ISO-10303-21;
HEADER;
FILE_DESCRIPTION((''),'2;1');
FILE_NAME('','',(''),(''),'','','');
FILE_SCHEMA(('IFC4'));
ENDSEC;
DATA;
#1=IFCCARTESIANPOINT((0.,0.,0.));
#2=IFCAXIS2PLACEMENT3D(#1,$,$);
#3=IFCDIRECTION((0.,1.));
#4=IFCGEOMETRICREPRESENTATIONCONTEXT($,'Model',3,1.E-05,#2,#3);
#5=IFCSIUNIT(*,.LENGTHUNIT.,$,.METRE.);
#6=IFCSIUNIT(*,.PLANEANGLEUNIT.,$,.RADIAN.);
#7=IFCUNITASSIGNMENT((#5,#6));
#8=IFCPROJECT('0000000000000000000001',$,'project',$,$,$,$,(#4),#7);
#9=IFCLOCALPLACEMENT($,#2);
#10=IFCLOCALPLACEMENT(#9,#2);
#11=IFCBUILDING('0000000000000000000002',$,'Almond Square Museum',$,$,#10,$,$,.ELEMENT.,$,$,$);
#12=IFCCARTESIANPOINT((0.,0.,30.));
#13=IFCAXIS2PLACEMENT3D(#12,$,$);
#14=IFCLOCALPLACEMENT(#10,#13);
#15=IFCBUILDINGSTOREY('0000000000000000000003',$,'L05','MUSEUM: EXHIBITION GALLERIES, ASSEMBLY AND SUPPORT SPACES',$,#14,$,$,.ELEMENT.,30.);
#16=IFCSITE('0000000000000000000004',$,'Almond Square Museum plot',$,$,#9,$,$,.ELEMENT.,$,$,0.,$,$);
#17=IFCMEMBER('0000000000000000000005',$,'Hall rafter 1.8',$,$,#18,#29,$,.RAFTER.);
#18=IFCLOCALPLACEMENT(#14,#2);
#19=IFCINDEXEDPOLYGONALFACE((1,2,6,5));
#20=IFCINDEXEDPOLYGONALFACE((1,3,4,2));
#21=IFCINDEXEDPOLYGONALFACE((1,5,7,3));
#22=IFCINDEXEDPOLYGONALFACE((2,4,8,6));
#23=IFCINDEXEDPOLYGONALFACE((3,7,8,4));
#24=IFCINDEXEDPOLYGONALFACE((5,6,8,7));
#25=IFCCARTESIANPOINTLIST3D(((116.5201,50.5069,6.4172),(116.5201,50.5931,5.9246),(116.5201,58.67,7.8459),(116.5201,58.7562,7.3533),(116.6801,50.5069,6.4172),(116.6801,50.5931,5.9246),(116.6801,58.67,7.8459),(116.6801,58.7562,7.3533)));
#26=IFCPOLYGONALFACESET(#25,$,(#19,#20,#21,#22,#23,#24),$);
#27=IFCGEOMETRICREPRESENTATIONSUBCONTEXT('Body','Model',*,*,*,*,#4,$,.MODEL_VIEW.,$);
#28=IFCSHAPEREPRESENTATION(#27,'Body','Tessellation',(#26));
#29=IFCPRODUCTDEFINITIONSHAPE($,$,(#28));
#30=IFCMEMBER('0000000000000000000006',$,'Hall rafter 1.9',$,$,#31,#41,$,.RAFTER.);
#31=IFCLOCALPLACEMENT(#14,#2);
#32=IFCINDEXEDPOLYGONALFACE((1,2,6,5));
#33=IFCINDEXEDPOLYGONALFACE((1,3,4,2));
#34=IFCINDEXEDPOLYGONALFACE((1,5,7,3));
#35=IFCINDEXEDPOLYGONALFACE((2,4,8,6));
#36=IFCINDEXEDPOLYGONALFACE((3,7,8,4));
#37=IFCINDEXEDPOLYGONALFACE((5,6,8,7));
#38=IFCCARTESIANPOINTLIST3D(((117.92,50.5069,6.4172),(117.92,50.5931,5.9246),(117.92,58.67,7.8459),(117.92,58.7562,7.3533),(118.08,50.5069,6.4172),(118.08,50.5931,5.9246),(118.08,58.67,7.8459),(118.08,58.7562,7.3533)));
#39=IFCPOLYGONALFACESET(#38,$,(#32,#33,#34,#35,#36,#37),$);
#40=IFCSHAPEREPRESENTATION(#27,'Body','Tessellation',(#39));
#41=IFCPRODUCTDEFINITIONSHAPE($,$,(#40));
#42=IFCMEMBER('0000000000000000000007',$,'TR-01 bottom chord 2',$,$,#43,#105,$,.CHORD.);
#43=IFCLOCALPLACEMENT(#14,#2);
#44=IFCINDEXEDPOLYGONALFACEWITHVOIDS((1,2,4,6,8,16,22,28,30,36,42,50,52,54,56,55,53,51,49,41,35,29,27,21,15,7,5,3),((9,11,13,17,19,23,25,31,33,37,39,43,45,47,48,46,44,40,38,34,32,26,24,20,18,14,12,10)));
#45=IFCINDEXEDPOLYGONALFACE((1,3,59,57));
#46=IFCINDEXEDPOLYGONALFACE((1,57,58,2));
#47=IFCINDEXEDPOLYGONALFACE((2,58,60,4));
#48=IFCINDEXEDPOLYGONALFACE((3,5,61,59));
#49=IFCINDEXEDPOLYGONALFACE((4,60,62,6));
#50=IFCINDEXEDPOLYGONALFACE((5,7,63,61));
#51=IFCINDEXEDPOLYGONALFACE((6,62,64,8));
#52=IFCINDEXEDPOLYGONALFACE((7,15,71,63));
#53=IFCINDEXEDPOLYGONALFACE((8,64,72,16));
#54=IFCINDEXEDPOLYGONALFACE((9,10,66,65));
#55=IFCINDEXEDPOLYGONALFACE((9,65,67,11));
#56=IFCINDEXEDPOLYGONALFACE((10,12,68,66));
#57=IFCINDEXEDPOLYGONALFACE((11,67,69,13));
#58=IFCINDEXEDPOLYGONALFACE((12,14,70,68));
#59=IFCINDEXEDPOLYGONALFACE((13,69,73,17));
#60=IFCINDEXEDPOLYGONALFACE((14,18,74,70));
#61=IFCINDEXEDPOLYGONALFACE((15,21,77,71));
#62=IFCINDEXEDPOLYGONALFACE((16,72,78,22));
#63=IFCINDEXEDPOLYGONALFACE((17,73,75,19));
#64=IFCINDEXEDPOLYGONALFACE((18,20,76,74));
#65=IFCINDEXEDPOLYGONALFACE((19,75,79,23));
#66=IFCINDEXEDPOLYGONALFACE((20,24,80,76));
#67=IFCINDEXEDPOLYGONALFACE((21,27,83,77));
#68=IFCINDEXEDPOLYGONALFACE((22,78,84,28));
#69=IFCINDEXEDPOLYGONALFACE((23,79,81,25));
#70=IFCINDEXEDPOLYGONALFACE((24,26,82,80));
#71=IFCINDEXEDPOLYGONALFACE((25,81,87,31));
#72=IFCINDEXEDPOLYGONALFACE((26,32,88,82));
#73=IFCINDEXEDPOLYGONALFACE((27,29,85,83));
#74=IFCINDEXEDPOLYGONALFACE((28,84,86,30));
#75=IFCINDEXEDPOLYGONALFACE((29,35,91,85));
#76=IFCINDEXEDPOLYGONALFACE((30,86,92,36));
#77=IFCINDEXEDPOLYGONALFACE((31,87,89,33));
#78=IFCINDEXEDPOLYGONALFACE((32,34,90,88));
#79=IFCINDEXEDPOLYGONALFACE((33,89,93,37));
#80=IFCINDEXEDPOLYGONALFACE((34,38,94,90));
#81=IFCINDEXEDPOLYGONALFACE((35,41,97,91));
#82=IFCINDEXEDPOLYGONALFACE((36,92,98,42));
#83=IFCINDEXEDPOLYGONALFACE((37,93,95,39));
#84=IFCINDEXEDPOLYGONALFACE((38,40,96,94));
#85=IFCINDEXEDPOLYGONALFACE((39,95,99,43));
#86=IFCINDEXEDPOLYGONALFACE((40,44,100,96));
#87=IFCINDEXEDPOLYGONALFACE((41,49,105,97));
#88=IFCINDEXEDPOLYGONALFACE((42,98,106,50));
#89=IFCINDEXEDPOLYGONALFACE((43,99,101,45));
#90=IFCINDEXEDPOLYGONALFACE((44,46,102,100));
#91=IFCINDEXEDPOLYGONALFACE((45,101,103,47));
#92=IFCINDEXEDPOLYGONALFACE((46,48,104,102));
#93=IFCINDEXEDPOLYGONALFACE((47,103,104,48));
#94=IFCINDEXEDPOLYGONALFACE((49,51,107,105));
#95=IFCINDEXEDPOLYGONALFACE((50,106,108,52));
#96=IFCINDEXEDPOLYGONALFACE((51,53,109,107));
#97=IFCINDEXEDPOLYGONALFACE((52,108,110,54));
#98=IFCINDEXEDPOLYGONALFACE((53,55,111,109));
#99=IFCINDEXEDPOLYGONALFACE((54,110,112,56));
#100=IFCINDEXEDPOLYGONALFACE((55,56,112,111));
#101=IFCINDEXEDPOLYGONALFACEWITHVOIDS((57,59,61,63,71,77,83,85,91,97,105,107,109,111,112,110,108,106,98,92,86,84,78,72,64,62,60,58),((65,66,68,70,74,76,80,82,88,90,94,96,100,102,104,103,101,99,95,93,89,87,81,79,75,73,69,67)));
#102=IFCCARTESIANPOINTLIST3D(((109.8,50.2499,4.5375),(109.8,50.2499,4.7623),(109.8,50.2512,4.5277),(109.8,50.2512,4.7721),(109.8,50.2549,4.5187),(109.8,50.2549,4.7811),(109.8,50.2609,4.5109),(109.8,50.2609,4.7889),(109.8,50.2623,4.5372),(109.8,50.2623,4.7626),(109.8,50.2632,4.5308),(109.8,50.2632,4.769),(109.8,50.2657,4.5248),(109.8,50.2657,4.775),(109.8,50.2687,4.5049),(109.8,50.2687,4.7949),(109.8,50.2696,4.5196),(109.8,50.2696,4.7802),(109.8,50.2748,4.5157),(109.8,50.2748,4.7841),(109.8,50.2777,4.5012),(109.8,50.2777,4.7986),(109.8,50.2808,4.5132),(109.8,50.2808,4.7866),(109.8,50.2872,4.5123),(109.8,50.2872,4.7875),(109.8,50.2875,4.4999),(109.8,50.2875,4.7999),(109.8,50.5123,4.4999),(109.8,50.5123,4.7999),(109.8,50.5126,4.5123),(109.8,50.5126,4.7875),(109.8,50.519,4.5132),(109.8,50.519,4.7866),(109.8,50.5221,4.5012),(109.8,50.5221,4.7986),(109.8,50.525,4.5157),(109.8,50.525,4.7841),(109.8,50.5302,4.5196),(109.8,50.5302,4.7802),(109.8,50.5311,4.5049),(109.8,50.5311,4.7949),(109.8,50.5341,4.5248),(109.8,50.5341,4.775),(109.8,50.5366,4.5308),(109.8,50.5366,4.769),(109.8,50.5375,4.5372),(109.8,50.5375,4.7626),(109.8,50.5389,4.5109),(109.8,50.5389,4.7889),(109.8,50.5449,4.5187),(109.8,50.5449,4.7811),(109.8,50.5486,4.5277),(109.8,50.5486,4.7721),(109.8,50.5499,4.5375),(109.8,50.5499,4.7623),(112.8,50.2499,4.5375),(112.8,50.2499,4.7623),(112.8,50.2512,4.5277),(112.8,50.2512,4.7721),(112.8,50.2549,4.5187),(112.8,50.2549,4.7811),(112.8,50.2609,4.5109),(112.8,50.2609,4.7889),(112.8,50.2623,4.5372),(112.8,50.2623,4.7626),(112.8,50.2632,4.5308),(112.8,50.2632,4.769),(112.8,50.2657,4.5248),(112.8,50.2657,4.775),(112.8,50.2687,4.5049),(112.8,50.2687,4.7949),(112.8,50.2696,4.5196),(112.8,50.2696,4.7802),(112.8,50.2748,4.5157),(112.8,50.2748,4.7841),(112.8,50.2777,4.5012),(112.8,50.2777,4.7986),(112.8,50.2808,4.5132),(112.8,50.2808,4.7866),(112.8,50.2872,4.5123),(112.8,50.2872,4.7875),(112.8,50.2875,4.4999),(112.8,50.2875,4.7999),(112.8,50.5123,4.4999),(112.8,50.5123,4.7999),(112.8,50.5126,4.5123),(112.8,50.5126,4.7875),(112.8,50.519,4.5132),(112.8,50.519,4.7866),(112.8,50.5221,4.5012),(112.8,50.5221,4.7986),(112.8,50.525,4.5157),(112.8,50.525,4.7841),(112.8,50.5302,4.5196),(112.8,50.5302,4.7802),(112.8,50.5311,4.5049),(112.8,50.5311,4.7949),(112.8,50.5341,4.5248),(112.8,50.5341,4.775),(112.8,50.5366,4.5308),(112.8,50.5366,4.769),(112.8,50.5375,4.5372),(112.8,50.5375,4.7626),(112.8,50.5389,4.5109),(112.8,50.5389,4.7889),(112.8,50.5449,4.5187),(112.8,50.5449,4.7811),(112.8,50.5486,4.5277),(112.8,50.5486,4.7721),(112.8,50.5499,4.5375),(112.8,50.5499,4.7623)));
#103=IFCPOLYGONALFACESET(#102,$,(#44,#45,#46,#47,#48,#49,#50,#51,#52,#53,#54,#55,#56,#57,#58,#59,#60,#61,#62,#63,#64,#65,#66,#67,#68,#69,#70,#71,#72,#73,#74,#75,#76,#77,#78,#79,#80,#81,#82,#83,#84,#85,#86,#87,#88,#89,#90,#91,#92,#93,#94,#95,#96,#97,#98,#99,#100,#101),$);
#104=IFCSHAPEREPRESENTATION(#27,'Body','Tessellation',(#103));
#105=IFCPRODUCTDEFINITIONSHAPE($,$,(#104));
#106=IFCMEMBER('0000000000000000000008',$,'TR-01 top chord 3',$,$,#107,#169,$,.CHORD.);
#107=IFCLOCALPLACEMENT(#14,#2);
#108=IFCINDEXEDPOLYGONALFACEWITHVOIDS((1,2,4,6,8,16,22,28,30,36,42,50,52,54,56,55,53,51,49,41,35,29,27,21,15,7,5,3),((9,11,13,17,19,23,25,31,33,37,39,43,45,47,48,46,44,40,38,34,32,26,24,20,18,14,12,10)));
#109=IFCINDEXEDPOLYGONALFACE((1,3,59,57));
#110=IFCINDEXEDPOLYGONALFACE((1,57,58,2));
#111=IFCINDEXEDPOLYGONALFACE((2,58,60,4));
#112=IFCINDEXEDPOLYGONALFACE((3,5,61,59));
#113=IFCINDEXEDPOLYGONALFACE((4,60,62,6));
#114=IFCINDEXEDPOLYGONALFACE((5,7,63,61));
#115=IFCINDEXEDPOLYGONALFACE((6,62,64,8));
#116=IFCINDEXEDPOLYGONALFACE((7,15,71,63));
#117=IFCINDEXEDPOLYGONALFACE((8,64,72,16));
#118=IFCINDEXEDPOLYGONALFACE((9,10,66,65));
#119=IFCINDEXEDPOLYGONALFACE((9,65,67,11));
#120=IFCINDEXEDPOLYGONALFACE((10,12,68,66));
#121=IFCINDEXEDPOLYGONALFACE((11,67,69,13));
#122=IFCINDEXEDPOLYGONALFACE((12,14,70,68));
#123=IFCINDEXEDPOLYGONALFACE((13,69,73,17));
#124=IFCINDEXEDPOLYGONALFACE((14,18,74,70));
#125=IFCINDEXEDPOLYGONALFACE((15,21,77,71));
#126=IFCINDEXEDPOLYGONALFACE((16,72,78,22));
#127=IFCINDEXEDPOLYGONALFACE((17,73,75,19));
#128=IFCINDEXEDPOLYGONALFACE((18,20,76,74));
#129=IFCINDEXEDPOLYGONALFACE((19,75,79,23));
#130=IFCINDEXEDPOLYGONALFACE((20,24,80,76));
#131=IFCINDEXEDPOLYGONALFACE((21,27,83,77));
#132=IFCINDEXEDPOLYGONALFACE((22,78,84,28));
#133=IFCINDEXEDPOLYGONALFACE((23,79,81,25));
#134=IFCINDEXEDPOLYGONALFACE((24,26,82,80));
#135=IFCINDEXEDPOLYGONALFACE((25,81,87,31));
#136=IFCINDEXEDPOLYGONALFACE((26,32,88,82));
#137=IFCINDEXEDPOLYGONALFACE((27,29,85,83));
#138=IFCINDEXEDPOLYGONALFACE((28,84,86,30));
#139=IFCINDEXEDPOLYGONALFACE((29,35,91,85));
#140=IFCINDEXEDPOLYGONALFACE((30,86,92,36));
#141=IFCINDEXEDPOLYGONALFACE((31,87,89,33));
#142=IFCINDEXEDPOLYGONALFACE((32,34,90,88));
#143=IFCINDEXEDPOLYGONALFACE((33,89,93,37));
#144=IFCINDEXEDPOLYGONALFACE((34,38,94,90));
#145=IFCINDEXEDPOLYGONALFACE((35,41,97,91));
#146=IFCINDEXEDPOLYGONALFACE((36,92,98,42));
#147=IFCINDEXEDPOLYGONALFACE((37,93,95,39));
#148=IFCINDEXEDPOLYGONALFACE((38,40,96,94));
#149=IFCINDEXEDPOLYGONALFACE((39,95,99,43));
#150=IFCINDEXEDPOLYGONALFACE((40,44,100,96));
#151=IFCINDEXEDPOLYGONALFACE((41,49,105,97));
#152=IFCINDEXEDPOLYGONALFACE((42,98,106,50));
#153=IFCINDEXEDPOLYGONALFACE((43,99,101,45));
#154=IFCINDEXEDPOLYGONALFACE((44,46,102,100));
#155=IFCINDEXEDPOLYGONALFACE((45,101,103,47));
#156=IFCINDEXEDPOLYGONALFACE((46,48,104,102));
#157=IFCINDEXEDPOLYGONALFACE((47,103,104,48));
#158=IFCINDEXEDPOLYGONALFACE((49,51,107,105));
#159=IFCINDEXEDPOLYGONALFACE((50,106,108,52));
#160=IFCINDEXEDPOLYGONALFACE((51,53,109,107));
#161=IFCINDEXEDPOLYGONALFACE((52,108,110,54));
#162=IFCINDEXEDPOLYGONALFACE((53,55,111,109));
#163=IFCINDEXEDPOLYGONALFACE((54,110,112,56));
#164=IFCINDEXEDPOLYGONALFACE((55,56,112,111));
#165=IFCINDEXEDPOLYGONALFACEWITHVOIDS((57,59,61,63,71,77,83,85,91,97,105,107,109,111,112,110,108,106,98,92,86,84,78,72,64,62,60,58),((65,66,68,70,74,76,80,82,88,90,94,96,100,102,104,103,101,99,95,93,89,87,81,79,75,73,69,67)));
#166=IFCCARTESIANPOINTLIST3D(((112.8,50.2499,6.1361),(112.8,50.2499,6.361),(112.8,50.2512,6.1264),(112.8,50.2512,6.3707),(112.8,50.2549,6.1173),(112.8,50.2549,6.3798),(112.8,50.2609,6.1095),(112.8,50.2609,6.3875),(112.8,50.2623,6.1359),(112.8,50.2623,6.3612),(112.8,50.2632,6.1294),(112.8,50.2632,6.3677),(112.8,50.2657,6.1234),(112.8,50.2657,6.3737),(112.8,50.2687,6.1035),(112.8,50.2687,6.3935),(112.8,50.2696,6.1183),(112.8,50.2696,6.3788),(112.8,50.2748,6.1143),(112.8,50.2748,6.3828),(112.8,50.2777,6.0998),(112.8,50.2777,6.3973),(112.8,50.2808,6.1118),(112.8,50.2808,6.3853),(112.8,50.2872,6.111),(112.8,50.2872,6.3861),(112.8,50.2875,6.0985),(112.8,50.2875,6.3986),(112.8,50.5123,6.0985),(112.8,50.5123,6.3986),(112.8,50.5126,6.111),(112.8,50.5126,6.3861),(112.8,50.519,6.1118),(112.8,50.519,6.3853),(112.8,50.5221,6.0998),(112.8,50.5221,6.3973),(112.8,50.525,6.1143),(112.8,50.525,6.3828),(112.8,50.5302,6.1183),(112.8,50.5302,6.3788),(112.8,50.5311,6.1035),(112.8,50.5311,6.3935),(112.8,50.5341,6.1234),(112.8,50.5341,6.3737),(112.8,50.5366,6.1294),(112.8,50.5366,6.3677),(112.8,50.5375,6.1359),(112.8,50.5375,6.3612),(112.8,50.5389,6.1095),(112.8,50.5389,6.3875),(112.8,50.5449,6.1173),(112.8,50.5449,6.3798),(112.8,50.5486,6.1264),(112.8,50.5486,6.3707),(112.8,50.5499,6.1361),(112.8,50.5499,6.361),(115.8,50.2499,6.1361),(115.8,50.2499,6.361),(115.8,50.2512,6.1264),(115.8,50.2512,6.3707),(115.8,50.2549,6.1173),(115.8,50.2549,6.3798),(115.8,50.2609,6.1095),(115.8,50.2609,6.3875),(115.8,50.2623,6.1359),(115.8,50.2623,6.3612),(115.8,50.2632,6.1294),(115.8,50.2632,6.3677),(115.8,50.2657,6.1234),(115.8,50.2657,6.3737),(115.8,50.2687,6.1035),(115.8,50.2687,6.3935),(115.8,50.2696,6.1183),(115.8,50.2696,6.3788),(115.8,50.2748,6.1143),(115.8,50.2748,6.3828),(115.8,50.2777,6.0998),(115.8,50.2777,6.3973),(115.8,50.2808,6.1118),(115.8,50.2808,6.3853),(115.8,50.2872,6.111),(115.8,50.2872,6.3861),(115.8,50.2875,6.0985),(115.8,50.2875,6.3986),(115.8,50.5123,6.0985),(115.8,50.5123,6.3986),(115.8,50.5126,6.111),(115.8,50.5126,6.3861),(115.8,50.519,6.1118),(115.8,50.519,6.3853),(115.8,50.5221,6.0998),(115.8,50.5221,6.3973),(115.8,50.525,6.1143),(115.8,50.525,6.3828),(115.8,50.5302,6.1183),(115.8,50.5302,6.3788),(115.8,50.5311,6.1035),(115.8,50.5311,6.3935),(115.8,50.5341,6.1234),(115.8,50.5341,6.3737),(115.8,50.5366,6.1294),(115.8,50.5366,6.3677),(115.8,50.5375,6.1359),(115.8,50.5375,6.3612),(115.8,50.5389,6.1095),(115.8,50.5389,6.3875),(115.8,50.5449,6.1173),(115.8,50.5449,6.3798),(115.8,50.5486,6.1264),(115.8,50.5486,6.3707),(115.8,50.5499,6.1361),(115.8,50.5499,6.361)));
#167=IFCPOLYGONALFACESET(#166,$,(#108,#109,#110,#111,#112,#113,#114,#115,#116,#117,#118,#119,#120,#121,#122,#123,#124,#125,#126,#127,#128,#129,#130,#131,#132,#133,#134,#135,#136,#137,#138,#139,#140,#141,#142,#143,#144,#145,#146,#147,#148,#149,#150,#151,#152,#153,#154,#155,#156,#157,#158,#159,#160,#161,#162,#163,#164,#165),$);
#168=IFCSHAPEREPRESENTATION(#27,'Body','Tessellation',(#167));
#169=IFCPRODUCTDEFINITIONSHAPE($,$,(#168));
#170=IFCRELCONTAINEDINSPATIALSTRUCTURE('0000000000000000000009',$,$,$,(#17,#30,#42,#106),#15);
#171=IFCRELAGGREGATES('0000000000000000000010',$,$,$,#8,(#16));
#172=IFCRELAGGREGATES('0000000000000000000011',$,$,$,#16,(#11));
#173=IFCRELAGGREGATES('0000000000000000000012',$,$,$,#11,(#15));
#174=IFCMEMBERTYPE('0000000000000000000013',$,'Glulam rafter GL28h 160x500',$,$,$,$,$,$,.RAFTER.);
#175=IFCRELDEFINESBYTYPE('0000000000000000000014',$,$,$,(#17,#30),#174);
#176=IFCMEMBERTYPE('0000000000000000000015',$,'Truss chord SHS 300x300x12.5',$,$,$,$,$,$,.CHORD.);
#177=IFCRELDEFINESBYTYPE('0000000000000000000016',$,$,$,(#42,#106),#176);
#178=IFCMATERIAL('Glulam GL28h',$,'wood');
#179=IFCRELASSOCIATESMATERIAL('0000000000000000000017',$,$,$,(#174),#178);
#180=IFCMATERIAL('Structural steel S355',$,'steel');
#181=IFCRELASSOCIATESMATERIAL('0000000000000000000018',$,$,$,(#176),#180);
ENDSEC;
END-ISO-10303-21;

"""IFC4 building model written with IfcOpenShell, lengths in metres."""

from ifc_helpers import new_model, si_unit, direction, frame, origin, origin_2d, place, context, subcontext, project, spatial, rectangle, hollow_rectangle, extrude, material, material_profile, profile_set, type_object, element, save


model = new_model("IFC4")

# Units and contexts
model_context = context("Model", 3, precision=1e-05, world=origin(), true_north=direction((0.0, 1.0)))
body_context = subcontext(model_context, "Body", "Model", "MODEL_VIEW")
ifc_project = project(units=[si_unit("LENGTHUNIT", "METRE"), si_unit("PLANEANGLEUNIT", "RADIAN")], contexts=[model_context])

# Site, building, storey
site_placement = place(None, origin())
site = spatial("IfcSite", under=ifc_project, at=site_placement, Name="Almond Square Museum plot", CompositionType="ELEMENT", RefElevation=0.0)
building_placement = place(site_placement, origin())
building = spatial("IfcBuilding", under=site, at=building_placement, Name="Almond Square Museum", CompositionType="ELEMENT")
storey_placement = place(building_placement, frame((0.0, 0.0, 30.0)))
storey = spatial("IfcBuildingStorey", under=building, at=storey_placement, Name="L05", Description="MUSEUM: EXHIBITION GALLERIES, ASSEMBLY AND SUPPORT SPACES", CompositionType="ELEMENT", Elevation=30.0)

# Members
ifc_material_1 = material(Name="Glulam GL28h", Category="wood")
ifc_material_profile_1 = material_profile(ifc_material_1, rectangle(XDim=0.1599, YDim=0.5, at=origin_2d()))
ifc_profile_set_1 = profile_set([ifc_material_profile_1], Name="Glulam GL28h")
member_type_1 = type_object("IfcMemberType", Name="Glulam rafter GL28h 160x500", PredefinedType="RAFTER", material=ifc_profile_set_1)
for number, where, z_axis, x_axis, name in (
    (1, (116.6001, 50.55, 6.1709), (0.0, 0.985027, 0.1724), (-1.0, 0.0, 0.0), "Hall rafter 1.8"),
    (2, (118.0, 50.55, 6.1709), (0.0, 0.985027, 0.1724), (-1.0, 0.0, 0.0), "Hall rafter 1.9"),
):
    element("IfcMember", number, at=place(storey_placement, frame(where, z_axis=z_axis, x_axis=x_axis)), inside=storey, type_object=member_type_1, Name=name, PredefinedType="RAFTER", context=body_context, shape_type="SweptSolid", body=[
        extrude(rectangle(XDim=0.1599, YDim=0.5, at=origin_2d()), origin(), (0.0, 0.0, 1.0), 8.2871),
    ])
ifc_material_2 = material(Name="Structural steel S355", Category="steel")
ifc_material_profile_2 = material_profile(ifc_material_2, hollow_rectangle(XDim=0.3, YDim=0.3, WallThickness=0.0125, InnerFilletRadius=0.0249, OuterFilletRadius=0.0376, at=origin_2d()))
ifc_profile_set_2 = profile_set([ifc_material_profile_2], Name="Structural steel S355")
member_type_2 = type_object("IfcMemberType", Name="Truss chord SHS 300x300x12.5", PredefinedType="CHORD", material=ifc_profile_set_2)
for number, where, z_axis, x_axis, name in (
    (3, (109.8, 50.3999, 4.6499), (1.0, 0.0, 0.0), (0.0, 1.0, 0.0), "TR-01 bottom chord 2"),
    (4, (112.8, 50.3999, 6.2485), (1.0, 0.0, 0.0), (0.0, 1.0, 0.0), "TR-01 top chord 3"),
):
    element("IfcMember", number, at=place(storey_placement, frame(where, z_axis=z_axis, x_axis=x_axis)), inside=storey, type_object=member_type_2, Name=name, PredefinedType="CHORD", context=body_context, shape_type="SweptSolid", body=[
        extrude(hollow_rectangle(XDim=0.3, YDim=0.3, WallThickness=0.0125, InnerFilletRadius=0.0249, OuterFilletRadius=0.0376, at=origin_2d()), origin(), (0.0, 0.0, 1.0), 3.0),
    ])

save(model, "model.ifc")
